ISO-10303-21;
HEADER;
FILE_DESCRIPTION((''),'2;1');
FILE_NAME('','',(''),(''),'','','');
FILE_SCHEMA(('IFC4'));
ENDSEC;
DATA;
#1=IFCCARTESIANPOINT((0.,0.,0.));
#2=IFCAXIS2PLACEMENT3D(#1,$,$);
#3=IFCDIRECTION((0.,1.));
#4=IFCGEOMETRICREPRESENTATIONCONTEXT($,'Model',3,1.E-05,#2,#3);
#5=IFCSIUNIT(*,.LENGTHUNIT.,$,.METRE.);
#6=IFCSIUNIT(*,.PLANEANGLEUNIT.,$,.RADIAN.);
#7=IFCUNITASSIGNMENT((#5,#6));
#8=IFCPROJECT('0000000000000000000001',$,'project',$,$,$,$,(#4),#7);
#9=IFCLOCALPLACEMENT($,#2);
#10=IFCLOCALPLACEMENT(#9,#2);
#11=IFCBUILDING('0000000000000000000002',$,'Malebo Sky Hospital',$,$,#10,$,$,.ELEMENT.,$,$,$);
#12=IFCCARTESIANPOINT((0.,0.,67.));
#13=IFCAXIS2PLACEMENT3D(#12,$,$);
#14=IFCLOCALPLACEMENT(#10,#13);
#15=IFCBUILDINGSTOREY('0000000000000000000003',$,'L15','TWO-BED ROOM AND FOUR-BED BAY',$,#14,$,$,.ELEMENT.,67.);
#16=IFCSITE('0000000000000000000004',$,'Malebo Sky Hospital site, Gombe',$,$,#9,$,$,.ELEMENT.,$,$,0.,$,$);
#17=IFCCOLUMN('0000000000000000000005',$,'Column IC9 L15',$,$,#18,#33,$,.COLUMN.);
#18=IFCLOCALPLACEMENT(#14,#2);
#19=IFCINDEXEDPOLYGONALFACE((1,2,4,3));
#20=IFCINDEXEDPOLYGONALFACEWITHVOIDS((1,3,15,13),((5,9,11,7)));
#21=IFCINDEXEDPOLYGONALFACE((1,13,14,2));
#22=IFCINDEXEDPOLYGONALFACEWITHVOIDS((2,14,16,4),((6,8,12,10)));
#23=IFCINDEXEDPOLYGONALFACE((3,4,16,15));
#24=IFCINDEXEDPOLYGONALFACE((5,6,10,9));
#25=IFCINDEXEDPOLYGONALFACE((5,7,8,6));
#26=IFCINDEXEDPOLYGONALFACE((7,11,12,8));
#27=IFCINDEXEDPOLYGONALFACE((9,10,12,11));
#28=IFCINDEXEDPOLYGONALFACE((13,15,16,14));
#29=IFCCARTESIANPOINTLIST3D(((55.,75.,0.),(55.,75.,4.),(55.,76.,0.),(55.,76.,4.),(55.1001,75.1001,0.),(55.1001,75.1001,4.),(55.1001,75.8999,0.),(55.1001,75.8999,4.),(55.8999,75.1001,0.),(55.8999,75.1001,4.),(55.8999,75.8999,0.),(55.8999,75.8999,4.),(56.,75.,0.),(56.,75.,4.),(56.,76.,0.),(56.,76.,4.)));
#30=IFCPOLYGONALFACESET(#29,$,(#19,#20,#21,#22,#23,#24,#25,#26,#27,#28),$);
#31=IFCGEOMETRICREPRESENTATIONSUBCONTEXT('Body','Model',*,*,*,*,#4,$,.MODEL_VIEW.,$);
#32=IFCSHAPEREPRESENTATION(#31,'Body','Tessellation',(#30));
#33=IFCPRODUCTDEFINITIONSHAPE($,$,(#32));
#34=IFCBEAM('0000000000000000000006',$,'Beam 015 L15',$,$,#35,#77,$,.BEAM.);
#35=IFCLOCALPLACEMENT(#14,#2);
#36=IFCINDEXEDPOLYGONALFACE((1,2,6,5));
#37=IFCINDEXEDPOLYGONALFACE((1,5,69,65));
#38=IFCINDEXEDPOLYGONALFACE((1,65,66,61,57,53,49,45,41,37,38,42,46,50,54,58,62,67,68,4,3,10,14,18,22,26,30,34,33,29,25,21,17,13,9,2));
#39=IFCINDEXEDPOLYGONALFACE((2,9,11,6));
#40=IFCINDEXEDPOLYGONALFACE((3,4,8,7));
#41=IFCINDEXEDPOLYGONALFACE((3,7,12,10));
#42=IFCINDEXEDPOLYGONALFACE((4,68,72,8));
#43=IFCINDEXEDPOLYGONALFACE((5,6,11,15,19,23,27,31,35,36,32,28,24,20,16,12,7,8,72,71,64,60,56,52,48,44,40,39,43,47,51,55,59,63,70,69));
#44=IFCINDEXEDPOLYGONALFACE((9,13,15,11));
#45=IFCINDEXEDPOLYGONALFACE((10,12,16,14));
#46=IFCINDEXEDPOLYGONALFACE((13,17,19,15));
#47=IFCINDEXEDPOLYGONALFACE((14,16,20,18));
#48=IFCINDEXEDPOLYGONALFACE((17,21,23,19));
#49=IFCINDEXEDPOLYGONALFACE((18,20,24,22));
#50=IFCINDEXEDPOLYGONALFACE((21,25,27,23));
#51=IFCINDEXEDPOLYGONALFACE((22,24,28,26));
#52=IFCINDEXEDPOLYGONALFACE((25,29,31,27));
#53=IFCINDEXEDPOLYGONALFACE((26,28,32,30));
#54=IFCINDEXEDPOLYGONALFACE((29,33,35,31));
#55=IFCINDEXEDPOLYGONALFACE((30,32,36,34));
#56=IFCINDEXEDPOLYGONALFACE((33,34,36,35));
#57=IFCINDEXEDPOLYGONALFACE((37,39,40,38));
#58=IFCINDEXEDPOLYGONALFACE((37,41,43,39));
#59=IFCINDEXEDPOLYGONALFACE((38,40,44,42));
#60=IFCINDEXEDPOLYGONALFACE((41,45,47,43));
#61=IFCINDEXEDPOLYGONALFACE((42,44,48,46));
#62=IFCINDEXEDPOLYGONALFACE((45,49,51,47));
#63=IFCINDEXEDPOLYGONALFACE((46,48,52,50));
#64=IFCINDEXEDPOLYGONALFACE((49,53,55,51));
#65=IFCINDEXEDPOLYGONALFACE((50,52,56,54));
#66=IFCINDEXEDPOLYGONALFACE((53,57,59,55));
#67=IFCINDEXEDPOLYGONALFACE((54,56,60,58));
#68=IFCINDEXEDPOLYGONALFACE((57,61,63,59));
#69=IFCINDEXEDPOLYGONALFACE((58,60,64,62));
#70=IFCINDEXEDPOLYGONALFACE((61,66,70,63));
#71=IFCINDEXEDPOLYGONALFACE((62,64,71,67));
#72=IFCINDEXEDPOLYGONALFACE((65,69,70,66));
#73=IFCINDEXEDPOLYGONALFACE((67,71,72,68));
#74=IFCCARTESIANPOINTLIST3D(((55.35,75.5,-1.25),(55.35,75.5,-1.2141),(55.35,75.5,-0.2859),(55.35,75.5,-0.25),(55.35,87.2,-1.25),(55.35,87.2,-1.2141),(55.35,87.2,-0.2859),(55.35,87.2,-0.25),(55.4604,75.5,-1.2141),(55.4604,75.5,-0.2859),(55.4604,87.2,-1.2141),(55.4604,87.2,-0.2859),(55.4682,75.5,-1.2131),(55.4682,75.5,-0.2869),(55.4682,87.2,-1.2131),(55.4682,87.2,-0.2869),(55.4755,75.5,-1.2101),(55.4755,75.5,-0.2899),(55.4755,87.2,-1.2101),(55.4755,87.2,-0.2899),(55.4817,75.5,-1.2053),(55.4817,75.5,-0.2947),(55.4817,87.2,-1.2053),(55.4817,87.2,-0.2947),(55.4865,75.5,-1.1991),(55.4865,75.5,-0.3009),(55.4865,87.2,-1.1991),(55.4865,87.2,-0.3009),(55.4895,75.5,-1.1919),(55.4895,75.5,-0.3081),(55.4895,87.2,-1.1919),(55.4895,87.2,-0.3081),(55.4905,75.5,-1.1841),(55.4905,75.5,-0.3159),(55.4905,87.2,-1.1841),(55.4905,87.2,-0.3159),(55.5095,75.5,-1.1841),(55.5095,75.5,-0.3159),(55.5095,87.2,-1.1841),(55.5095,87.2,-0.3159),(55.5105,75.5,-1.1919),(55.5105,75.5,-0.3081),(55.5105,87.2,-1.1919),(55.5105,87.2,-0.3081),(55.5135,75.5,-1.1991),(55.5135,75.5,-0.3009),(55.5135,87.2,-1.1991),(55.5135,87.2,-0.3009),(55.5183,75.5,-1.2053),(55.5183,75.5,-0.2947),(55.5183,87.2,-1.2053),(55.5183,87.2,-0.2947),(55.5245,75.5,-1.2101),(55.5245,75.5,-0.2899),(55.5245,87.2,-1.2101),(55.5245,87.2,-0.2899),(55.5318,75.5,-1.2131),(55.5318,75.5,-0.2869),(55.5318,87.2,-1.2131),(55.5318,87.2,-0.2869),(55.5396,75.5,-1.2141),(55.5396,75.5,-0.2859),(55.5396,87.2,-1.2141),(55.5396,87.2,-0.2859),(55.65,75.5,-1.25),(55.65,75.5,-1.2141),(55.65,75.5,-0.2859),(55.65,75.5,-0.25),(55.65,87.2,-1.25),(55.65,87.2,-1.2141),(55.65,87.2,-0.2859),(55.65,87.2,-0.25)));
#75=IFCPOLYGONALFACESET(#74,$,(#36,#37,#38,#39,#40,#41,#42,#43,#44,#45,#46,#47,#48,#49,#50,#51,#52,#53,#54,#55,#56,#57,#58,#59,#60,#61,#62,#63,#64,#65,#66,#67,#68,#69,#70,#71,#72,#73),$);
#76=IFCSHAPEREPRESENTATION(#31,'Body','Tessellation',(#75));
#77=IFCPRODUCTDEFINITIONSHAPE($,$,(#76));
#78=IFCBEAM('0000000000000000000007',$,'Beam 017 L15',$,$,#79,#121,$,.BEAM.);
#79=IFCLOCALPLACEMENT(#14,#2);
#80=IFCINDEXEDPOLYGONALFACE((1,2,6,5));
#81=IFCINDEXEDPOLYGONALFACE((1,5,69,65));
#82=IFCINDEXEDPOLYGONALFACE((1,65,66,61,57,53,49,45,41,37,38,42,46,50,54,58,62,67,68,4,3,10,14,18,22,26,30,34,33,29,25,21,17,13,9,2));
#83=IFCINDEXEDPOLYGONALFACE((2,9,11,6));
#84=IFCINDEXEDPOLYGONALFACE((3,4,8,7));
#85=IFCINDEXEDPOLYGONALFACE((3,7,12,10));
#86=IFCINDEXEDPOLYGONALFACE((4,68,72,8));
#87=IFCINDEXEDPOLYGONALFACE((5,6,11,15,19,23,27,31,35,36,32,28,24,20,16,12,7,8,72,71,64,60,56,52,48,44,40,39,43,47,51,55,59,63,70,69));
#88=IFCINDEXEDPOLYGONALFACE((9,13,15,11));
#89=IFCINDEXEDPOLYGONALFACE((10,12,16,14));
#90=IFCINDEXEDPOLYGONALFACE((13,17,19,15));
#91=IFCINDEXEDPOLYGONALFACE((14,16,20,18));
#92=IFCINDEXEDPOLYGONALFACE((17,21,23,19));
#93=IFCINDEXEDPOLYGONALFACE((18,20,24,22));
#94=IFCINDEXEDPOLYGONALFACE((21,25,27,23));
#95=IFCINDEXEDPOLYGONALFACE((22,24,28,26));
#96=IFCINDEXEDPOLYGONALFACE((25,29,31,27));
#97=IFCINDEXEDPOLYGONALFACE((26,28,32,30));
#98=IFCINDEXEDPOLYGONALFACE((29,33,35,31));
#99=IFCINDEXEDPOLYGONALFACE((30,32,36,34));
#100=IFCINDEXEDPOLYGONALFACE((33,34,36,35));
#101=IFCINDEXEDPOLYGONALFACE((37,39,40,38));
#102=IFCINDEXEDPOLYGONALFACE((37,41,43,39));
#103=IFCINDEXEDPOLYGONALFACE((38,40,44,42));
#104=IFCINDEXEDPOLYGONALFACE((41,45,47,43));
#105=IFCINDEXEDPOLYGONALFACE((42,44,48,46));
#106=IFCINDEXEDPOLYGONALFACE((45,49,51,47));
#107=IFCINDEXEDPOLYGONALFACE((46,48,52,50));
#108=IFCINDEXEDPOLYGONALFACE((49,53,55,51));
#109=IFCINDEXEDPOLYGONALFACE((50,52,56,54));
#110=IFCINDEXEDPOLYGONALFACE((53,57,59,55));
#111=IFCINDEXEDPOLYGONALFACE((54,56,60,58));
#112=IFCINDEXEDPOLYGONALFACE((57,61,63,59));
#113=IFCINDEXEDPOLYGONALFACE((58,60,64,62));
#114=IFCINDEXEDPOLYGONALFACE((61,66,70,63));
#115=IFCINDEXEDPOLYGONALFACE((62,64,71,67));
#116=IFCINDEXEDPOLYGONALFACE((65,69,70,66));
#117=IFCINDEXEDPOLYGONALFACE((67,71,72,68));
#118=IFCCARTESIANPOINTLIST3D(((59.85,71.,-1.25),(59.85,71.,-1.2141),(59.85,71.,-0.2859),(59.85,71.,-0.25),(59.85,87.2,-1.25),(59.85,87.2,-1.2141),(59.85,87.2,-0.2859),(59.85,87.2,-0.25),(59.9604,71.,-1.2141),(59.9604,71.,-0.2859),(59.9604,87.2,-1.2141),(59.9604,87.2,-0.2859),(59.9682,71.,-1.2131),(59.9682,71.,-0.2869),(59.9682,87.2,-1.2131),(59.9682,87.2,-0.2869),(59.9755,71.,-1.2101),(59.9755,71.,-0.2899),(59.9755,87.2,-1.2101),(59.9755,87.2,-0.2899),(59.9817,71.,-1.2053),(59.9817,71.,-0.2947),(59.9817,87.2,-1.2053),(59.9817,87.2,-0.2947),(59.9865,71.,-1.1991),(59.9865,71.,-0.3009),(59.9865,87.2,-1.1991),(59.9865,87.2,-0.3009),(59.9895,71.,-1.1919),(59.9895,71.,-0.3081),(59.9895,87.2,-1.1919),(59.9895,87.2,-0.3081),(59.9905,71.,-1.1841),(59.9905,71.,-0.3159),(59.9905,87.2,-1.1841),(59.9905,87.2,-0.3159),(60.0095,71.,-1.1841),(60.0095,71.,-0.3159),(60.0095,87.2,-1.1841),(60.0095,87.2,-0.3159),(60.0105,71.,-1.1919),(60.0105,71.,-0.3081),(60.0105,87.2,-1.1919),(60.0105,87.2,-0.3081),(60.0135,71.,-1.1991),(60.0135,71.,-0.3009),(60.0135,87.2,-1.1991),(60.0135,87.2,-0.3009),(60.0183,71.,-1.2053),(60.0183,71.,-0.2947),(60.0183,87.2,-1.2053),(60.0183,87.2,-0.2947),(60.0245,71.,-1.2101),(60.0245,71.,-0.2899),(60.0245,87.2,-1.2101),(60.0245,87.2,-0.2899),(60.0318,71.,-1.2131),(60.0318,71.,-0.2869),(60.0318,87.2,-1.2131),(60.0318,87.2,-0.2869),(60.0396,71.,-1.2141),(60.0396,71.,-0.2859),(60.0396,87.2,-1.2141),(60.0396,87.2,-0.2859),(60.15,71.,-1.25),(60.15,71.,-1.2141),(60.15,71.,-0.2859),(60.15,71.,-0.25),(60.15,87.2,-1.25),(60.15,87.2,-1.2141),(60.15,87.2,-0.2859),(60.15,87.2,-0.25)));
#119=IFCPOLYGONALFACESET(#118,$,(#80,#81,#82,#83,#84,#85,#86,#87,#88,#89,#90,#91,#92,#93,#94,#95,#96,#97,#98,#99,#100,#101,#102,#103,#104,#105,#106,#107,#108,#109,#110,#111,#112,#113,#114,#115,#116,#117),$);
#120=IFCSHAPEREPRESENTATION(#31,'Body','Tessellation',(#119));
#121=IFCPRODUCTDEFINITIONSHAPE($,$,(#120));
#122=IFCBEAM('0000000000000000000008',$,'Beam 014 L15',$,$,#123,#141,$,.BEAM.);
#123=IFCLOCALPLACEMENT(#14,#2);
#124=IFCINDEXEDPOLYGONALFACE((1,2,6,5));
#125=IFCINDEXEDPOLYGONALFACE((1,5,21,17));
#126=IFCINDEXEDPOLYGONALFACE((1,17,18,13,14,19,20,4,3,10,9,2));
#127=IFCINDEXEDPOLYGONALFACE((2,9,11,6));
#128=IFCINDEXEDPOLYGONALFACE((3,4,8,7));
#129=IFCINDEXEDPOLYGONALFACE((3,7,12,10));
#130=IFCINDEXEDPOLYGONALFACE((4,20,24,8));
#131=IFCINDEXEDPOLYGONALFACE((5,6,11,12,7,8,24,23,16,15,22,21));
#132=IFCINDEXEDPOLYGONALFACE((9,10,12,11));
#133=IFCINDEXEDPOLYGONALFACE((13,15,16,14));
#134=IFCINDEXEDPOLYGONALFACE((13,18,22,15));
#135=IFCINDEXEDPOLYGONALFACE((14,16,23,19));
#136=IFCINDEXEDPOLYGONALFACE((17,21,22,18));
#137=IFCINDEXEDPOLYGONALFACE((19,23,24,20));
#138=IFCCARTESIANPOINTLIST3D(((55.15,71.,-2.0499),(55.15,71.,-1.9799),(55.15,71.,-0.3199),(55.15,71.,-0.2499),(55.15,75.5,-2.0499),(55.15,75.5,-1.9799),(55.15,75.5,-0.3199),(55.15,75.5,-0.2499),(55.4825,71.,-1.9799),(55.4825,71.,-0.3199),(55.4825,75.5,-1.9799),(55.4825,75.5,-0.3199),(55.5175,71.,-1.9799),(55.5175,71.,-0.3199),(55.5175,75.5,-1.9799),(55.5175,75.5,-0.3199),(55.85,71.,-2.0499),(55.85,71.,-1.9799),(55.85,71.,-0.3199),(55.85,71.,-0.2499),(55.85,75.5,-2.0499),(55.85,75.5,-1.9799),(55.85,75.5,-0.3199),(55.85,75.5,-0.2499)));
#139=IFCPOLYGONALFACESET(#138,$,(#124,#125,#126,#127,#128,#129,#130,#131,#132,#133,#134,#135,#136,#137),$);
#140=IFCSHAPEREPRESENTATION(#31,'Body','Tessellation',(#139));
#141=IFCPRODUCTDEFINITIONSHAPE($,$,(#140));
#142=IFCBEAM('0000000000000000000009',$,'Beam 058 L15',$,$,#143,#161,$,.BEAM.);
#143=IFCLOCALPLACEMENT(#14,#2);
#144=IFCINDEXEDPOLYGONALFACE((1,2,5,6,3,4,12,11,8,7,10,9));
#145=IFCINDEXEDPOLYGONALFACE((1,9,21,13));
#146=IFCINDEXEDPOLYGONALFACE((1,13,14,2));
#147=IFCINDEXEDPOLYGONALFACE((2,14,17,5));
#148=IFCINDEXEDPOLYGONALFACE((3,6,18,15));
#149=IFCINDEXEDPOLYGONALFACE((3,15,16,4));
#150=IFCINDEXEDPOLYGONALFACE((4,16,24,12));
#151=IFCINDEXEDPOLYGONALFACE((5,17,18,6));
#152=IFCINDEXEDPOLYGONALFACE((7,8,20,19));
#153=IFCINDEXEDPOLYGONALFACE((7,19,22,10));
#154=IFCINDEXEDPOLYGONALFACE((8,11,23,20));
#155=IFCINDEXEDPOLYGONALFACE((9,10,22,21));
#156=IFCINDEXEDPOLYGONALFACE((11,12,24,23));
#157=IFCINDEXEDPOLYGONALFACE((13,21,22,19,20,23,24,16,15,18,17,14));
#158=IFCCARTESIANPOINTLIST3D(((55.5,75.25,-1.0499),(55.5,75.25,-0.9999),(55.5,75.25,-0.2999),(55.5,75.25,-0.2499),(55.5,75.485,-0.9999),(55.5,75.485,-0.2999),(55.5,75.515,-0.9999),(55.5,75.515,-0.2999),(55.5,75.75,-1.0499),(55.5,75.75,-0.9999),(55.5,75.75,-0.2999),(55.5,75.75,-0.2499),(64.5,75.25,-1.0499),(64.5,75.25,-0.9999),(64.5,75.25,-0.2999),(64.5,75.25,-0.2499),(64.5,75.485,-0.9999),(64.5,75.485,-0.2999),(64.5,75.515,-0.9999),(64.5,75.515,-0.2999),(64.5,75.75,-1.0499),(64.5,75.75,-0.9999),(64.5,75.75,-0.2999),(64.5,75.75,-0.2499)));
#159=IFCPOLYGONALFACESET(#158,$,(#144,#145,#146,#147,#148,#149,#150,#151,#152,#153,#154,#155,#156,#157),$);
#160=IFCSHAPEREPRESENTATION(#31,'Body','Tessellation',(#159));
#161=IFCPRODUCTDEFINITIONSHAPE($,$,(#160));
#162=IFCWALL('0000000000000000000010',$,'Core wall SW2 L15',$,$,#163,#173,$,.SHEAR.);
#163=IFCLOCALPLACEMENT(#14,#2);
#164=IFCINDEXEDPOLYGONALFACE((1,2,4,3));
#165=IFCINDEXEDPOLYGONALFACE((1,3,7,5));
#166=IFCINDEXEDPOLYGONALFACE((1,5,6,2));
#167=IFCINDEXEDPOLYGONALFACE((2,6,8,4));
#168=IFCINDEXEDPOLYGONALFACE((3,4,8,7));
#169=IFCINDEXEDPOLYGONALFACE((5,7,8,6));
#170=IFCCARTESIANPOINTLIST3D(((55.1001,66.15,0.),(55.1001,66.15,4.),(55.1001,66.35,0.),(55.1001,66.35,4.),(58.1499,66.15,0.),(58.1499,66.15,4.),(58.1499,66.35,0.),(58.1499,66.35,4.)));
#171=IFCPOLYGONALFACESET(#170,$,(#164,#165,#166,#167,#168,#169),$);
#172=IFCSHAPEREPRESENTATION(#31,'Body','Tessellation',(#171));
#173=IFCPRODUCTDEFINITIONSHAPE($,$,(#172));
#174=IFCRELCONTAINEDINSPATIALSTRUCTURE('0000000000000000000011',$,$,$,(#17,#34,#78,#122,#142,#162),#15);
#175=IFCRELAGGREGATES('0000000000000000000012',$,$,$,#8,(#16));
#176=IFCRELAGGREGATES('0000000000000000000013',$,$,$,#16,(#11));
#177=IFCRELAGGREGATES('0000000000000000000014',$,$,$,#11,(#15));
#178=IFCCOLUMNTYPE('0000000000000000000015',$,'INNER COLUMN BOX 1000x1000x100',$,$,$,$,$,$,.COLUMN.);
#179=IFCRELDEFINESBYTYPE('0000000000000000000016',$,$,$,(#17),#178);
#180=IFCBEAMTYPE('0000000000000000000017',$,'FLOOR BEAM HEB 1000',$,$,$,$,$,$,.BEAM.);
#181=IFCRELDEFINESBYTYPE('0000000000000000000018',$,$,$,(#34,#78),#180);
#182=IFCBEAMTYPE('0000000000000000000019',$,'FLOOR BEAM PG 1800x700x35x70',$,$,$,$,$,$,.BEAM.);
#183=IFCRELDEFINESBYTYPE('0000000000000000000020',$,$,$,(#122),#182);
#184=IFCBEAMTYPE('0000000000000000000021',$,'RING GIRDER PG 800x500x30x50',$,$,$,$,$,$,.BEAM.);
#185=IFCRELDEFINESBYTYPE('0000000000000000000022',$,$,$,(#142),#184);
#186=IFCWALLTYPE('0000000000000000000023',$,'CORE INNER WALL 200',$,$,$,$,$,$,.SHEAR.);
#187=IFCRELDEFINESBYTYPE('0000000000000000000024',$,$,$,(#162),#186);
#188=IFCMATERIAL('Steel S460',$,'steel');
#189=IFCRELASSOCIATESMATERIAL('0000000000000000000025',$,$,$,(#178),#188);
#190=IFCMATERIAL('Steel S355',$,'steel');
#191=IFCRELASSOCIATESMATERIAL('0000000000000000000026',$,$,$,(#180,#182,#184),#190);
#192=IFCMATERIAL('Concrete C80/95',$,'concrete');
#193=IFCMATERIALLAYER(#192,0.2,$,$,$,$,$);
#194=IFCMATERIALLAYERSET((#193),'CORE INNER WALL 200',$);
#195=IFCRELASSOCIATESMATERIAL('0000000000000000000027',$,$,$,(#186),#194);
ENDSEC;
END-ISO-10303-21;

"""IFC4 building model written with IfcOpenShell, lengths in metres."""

from ifc_helpers import new_model, si_unit, direction, frame, frame_2d, origin, origin_2d, place, context, subcontext, project, spatial, rectangle, hollow_rectangle, i_section, extrude, material, layer, layer_set, material_profile, profile_set, type_object, element, save


model = new_model("IFC4")

# Units and contexts
model_context = context("Model", 3, precision=1e-05, world=origin(), true_north=direction((0.0, 1.0)))
body_context = subcontext(model_context, "Body", "Model", "MODEL_VIEW")
ifc_project = project(units=[si_unit("LENGTHUNIT", "METRE"), si_unit("PLANEANGLEUNIT", "RADIAN")], contexts=[model_context])

# Site, building, storey
site_placement = place(None, origin())
site = spatial("IfcSite", under=ifc_project, at=site_placement, Name="Malebo Sky Hospital site, Gombe", CompositionType="ELEMENT", RefElevation=0.0)
building_placement = place(site_placement, origin())
building = spatial("IfcBuilding", under=site, at=building_placement, Name="Malebo Sky Hospital", CompositionType="ELEMENT")
storey_placement = place(building_placement, frame((0.0, 0.0, 67.0)))
storey = spatial("IfcBuildingStorey", under=building, at=storey_placement, Name="L15", Description="TWO-BED ROOM AND FOUR-BED BAY", CompositionType="ELEMENT", Elevation=67.0)

# Column
ifc_material_1 = material(Name="Steel S460", Category="steel")
ifc_material_profile_1 = material_profile(ifc_material_1, hollow_rectangle(XDim=1.0, YDim=1.0, WallThickness=0.1001, at=origin_2d()), Name="BOX 1000x1000x100")
ifc_profile_set_1 = profile_set([ifc_material_profile_1], Name="Steel S460")
column_type = type_object("IfcColumnType", Name="INNER COLUMN BOX 1000x1000x100", PredefinedType="COLUMN", material=ifc_profile_set_1)
column_placement = place(storey_placement, frame((55.5, 75.5, 0.0), z_axis=(0.0, 0.0, 1.0), x_axis=(1.0, 0.0, 0.0)))
element("IfcColumn", 1, at=column_placement, inside=storey, type_object=column_type, Name="Column IC9 L15", PredefinedType="COLUMN", context=body_context, shape_type="SweptSolid", body=[
    extrude(hollow_rectangle(XDim=1.0, YDim=1.0, WallThickness=0.1001, at=origin_2d()), origin(), (0.0, 0.0, 1.0), 4.0),
])

# Beams
ifc_material_2 = material(Name="Steel S355", Category="steel")
ifc_material_profile_2 = material_profile(ifc_material_2, i_section(OverallWidth=0.3, OverallDepth=1.0, WebThickness=0.019, FlangeThickness=0.0359, FilletRadius=0.03, at=origin_2d()), Name="HEB 1000")
ifc_profile_set_2 = profile_set([ifc_material_profile_2], Name="Steel S355")
beam_type_1 = type_object("IfcBeamType", Name="FLOOR BEAM HEB 1000", PredefinedType="BEAM", material=ifc_profile_set_2)
beam_1_placement = place(storey_placement, frame((55.5, 75.5, -0.75), z_axis=(0.0, 1.0, 0.0), x_axis=(-1.0, 0.0, 0.0)))
element("IfcBeam", 2, at=beam_1_placement, inside=storey, type_object=beam_type_1, Name="Beam 015 L15", PredefinedType="BEAM", context=body_context, shape_type="SweptSolid", body=[
    extrude(i_section(OverallWidth=0.3, OverallDepth=1.0, WebThickness=0.019, FlangeThickness=0.0359, FilletRadius=0.03, at=origin_2d()), origin(), (0.0, 0.0, 1.0), 11.7),
])
beam_2_placement = place(storey_placement, frame((60.0, 71.0, -0.75), z_axis=(0.0, 1.0, 0.0), x_axis=(-1.0, 0.0, 0.0)))
element("IfcBeam", 3, at=beam_2_placement, inside=storey, type_object=beam_type_1, Name="Beam 017 L15", PredefinedType="BEAM", context=body_context, shape_type="SweptSolid", body=[
    extrude(i_section(OverallWidth=0.3, OverallDepth=1.0, WebThickness=0.019, FlangeThickness=0.0359, FilletRadius=0.03, at=origin_2d()), origin(), (0.0, 0.0, 1.0), 16.2),
])
ifc_material_profile_3 = material_profile(ifc_material_2, i_section(OverallWidth=0.7, OverallDepth=1.8, WebThickness=0.0349, FlangeThickness=0.0701, at=origin_2d()), Name="PG 1800x700x35x70")
ifc_profile_set_3 = profile_set([ifc_material_profile_3], Name="Steel S355")
beam_type_2 = type_object("IfcBeamType", Name="FLOOR BEAM PG 1800x700x35x70", PredefinedType="BEAM", material=ifc_profile_set_3)
beam_3_placement = place(storey_placement, frame((55.5, 71.0, -1.1499), z_axis=(0.0, 1.0, 0.0), x_axis=(-1.0, 0.0, 0.0)))
element("IfcBeam", 4, at=beam_3_placement, inside=storey, type_object=beam_type_2, Name="Beam 014 L15", PredefinedType="BEAM", context=body_context, shape_type="SweptSolid", body=[
    extrude(i_section(OverallWidth=0.7, OverallDepth=1.8, WebThickness=0.0349, FlangeThickness=0.0701, at=origin_2d()), origin(), (0.0, 0.0, 1.0), 4.5),
])
ifc_material_profile_4 = material_profile(ifc_material_2, i_section(OverallWidth=0.5, OverallDepth=0.8, WebThickness=0.03, FlangeThickness=0.05, at=origin_2d()), Name="PG 800x500x30x50")
ifc_profile_set_4 = profile_set([ifc_material_profile_4], Name="Steel S355")
beam_type_3 = type_object("IfcBeamType", Name="RING GIRDER PG 800x500x30x50", PredefinedType="BEAM", material=ifc_profile_set_4)
beam_4_placement = place(storey_placement, frame((55.5, 75.5, -0.6499), z_axis=(1.0, 0.0, 0.0), x_axis=(0.0, 1.0, 0.0)))
element("IfcBeam", 5, at=beam_4_placement, inside=storey, type_object=beam_type_3, Name="Beam 058 L15", PredefinedType="BEAM", context=body_context, shape_type="SweptSolid", body=[
    extrude(i_section(OverallWidth=0.5, OverallDepth=0.8, WebThickness=0.03, FlangeThickness=0.05, at=origin_2d()), origin(), (0.0, 0.0, 1.0), 9.0),
])

# Wall
ifc_material_3 = material(Name="Concrete C80/95", Category="concrete")
ifc_layer_1 = layer(ifc_material_3, 0.2)
ifc_layer_set_1 = layer_set([ifc_layer_1], Name="CORE INNER WALL 200")
wall_type_1 = type_object("IfcWallType", Name="CORE INNER WALL 200", PredefinedType="SHEAR", material=ifc_layer_set_1)
wall_1_placement = place(storey_placement, frame((55.1001, 66.25, 0.0), z_axis=(0.0, 0.0, 1.0), x_axis=(1.0, 0.0, 0.0)))
element("IfcWall", 6, at=wall_1_placement, inside=storey, type_object=wall_type_1, Name="Core wall SW2 L15", PredefinedType="SHEAR", context=body_context, shape_type="SweptSolid", body=[
    extrude(rectangle(XDim=3.0498, YDim=0.2, at=frame_2d((1.5249, 0.0))), origin(), (0.0, 0.0, 1.0), 4.0),
])

save(model, "model.ifc")
